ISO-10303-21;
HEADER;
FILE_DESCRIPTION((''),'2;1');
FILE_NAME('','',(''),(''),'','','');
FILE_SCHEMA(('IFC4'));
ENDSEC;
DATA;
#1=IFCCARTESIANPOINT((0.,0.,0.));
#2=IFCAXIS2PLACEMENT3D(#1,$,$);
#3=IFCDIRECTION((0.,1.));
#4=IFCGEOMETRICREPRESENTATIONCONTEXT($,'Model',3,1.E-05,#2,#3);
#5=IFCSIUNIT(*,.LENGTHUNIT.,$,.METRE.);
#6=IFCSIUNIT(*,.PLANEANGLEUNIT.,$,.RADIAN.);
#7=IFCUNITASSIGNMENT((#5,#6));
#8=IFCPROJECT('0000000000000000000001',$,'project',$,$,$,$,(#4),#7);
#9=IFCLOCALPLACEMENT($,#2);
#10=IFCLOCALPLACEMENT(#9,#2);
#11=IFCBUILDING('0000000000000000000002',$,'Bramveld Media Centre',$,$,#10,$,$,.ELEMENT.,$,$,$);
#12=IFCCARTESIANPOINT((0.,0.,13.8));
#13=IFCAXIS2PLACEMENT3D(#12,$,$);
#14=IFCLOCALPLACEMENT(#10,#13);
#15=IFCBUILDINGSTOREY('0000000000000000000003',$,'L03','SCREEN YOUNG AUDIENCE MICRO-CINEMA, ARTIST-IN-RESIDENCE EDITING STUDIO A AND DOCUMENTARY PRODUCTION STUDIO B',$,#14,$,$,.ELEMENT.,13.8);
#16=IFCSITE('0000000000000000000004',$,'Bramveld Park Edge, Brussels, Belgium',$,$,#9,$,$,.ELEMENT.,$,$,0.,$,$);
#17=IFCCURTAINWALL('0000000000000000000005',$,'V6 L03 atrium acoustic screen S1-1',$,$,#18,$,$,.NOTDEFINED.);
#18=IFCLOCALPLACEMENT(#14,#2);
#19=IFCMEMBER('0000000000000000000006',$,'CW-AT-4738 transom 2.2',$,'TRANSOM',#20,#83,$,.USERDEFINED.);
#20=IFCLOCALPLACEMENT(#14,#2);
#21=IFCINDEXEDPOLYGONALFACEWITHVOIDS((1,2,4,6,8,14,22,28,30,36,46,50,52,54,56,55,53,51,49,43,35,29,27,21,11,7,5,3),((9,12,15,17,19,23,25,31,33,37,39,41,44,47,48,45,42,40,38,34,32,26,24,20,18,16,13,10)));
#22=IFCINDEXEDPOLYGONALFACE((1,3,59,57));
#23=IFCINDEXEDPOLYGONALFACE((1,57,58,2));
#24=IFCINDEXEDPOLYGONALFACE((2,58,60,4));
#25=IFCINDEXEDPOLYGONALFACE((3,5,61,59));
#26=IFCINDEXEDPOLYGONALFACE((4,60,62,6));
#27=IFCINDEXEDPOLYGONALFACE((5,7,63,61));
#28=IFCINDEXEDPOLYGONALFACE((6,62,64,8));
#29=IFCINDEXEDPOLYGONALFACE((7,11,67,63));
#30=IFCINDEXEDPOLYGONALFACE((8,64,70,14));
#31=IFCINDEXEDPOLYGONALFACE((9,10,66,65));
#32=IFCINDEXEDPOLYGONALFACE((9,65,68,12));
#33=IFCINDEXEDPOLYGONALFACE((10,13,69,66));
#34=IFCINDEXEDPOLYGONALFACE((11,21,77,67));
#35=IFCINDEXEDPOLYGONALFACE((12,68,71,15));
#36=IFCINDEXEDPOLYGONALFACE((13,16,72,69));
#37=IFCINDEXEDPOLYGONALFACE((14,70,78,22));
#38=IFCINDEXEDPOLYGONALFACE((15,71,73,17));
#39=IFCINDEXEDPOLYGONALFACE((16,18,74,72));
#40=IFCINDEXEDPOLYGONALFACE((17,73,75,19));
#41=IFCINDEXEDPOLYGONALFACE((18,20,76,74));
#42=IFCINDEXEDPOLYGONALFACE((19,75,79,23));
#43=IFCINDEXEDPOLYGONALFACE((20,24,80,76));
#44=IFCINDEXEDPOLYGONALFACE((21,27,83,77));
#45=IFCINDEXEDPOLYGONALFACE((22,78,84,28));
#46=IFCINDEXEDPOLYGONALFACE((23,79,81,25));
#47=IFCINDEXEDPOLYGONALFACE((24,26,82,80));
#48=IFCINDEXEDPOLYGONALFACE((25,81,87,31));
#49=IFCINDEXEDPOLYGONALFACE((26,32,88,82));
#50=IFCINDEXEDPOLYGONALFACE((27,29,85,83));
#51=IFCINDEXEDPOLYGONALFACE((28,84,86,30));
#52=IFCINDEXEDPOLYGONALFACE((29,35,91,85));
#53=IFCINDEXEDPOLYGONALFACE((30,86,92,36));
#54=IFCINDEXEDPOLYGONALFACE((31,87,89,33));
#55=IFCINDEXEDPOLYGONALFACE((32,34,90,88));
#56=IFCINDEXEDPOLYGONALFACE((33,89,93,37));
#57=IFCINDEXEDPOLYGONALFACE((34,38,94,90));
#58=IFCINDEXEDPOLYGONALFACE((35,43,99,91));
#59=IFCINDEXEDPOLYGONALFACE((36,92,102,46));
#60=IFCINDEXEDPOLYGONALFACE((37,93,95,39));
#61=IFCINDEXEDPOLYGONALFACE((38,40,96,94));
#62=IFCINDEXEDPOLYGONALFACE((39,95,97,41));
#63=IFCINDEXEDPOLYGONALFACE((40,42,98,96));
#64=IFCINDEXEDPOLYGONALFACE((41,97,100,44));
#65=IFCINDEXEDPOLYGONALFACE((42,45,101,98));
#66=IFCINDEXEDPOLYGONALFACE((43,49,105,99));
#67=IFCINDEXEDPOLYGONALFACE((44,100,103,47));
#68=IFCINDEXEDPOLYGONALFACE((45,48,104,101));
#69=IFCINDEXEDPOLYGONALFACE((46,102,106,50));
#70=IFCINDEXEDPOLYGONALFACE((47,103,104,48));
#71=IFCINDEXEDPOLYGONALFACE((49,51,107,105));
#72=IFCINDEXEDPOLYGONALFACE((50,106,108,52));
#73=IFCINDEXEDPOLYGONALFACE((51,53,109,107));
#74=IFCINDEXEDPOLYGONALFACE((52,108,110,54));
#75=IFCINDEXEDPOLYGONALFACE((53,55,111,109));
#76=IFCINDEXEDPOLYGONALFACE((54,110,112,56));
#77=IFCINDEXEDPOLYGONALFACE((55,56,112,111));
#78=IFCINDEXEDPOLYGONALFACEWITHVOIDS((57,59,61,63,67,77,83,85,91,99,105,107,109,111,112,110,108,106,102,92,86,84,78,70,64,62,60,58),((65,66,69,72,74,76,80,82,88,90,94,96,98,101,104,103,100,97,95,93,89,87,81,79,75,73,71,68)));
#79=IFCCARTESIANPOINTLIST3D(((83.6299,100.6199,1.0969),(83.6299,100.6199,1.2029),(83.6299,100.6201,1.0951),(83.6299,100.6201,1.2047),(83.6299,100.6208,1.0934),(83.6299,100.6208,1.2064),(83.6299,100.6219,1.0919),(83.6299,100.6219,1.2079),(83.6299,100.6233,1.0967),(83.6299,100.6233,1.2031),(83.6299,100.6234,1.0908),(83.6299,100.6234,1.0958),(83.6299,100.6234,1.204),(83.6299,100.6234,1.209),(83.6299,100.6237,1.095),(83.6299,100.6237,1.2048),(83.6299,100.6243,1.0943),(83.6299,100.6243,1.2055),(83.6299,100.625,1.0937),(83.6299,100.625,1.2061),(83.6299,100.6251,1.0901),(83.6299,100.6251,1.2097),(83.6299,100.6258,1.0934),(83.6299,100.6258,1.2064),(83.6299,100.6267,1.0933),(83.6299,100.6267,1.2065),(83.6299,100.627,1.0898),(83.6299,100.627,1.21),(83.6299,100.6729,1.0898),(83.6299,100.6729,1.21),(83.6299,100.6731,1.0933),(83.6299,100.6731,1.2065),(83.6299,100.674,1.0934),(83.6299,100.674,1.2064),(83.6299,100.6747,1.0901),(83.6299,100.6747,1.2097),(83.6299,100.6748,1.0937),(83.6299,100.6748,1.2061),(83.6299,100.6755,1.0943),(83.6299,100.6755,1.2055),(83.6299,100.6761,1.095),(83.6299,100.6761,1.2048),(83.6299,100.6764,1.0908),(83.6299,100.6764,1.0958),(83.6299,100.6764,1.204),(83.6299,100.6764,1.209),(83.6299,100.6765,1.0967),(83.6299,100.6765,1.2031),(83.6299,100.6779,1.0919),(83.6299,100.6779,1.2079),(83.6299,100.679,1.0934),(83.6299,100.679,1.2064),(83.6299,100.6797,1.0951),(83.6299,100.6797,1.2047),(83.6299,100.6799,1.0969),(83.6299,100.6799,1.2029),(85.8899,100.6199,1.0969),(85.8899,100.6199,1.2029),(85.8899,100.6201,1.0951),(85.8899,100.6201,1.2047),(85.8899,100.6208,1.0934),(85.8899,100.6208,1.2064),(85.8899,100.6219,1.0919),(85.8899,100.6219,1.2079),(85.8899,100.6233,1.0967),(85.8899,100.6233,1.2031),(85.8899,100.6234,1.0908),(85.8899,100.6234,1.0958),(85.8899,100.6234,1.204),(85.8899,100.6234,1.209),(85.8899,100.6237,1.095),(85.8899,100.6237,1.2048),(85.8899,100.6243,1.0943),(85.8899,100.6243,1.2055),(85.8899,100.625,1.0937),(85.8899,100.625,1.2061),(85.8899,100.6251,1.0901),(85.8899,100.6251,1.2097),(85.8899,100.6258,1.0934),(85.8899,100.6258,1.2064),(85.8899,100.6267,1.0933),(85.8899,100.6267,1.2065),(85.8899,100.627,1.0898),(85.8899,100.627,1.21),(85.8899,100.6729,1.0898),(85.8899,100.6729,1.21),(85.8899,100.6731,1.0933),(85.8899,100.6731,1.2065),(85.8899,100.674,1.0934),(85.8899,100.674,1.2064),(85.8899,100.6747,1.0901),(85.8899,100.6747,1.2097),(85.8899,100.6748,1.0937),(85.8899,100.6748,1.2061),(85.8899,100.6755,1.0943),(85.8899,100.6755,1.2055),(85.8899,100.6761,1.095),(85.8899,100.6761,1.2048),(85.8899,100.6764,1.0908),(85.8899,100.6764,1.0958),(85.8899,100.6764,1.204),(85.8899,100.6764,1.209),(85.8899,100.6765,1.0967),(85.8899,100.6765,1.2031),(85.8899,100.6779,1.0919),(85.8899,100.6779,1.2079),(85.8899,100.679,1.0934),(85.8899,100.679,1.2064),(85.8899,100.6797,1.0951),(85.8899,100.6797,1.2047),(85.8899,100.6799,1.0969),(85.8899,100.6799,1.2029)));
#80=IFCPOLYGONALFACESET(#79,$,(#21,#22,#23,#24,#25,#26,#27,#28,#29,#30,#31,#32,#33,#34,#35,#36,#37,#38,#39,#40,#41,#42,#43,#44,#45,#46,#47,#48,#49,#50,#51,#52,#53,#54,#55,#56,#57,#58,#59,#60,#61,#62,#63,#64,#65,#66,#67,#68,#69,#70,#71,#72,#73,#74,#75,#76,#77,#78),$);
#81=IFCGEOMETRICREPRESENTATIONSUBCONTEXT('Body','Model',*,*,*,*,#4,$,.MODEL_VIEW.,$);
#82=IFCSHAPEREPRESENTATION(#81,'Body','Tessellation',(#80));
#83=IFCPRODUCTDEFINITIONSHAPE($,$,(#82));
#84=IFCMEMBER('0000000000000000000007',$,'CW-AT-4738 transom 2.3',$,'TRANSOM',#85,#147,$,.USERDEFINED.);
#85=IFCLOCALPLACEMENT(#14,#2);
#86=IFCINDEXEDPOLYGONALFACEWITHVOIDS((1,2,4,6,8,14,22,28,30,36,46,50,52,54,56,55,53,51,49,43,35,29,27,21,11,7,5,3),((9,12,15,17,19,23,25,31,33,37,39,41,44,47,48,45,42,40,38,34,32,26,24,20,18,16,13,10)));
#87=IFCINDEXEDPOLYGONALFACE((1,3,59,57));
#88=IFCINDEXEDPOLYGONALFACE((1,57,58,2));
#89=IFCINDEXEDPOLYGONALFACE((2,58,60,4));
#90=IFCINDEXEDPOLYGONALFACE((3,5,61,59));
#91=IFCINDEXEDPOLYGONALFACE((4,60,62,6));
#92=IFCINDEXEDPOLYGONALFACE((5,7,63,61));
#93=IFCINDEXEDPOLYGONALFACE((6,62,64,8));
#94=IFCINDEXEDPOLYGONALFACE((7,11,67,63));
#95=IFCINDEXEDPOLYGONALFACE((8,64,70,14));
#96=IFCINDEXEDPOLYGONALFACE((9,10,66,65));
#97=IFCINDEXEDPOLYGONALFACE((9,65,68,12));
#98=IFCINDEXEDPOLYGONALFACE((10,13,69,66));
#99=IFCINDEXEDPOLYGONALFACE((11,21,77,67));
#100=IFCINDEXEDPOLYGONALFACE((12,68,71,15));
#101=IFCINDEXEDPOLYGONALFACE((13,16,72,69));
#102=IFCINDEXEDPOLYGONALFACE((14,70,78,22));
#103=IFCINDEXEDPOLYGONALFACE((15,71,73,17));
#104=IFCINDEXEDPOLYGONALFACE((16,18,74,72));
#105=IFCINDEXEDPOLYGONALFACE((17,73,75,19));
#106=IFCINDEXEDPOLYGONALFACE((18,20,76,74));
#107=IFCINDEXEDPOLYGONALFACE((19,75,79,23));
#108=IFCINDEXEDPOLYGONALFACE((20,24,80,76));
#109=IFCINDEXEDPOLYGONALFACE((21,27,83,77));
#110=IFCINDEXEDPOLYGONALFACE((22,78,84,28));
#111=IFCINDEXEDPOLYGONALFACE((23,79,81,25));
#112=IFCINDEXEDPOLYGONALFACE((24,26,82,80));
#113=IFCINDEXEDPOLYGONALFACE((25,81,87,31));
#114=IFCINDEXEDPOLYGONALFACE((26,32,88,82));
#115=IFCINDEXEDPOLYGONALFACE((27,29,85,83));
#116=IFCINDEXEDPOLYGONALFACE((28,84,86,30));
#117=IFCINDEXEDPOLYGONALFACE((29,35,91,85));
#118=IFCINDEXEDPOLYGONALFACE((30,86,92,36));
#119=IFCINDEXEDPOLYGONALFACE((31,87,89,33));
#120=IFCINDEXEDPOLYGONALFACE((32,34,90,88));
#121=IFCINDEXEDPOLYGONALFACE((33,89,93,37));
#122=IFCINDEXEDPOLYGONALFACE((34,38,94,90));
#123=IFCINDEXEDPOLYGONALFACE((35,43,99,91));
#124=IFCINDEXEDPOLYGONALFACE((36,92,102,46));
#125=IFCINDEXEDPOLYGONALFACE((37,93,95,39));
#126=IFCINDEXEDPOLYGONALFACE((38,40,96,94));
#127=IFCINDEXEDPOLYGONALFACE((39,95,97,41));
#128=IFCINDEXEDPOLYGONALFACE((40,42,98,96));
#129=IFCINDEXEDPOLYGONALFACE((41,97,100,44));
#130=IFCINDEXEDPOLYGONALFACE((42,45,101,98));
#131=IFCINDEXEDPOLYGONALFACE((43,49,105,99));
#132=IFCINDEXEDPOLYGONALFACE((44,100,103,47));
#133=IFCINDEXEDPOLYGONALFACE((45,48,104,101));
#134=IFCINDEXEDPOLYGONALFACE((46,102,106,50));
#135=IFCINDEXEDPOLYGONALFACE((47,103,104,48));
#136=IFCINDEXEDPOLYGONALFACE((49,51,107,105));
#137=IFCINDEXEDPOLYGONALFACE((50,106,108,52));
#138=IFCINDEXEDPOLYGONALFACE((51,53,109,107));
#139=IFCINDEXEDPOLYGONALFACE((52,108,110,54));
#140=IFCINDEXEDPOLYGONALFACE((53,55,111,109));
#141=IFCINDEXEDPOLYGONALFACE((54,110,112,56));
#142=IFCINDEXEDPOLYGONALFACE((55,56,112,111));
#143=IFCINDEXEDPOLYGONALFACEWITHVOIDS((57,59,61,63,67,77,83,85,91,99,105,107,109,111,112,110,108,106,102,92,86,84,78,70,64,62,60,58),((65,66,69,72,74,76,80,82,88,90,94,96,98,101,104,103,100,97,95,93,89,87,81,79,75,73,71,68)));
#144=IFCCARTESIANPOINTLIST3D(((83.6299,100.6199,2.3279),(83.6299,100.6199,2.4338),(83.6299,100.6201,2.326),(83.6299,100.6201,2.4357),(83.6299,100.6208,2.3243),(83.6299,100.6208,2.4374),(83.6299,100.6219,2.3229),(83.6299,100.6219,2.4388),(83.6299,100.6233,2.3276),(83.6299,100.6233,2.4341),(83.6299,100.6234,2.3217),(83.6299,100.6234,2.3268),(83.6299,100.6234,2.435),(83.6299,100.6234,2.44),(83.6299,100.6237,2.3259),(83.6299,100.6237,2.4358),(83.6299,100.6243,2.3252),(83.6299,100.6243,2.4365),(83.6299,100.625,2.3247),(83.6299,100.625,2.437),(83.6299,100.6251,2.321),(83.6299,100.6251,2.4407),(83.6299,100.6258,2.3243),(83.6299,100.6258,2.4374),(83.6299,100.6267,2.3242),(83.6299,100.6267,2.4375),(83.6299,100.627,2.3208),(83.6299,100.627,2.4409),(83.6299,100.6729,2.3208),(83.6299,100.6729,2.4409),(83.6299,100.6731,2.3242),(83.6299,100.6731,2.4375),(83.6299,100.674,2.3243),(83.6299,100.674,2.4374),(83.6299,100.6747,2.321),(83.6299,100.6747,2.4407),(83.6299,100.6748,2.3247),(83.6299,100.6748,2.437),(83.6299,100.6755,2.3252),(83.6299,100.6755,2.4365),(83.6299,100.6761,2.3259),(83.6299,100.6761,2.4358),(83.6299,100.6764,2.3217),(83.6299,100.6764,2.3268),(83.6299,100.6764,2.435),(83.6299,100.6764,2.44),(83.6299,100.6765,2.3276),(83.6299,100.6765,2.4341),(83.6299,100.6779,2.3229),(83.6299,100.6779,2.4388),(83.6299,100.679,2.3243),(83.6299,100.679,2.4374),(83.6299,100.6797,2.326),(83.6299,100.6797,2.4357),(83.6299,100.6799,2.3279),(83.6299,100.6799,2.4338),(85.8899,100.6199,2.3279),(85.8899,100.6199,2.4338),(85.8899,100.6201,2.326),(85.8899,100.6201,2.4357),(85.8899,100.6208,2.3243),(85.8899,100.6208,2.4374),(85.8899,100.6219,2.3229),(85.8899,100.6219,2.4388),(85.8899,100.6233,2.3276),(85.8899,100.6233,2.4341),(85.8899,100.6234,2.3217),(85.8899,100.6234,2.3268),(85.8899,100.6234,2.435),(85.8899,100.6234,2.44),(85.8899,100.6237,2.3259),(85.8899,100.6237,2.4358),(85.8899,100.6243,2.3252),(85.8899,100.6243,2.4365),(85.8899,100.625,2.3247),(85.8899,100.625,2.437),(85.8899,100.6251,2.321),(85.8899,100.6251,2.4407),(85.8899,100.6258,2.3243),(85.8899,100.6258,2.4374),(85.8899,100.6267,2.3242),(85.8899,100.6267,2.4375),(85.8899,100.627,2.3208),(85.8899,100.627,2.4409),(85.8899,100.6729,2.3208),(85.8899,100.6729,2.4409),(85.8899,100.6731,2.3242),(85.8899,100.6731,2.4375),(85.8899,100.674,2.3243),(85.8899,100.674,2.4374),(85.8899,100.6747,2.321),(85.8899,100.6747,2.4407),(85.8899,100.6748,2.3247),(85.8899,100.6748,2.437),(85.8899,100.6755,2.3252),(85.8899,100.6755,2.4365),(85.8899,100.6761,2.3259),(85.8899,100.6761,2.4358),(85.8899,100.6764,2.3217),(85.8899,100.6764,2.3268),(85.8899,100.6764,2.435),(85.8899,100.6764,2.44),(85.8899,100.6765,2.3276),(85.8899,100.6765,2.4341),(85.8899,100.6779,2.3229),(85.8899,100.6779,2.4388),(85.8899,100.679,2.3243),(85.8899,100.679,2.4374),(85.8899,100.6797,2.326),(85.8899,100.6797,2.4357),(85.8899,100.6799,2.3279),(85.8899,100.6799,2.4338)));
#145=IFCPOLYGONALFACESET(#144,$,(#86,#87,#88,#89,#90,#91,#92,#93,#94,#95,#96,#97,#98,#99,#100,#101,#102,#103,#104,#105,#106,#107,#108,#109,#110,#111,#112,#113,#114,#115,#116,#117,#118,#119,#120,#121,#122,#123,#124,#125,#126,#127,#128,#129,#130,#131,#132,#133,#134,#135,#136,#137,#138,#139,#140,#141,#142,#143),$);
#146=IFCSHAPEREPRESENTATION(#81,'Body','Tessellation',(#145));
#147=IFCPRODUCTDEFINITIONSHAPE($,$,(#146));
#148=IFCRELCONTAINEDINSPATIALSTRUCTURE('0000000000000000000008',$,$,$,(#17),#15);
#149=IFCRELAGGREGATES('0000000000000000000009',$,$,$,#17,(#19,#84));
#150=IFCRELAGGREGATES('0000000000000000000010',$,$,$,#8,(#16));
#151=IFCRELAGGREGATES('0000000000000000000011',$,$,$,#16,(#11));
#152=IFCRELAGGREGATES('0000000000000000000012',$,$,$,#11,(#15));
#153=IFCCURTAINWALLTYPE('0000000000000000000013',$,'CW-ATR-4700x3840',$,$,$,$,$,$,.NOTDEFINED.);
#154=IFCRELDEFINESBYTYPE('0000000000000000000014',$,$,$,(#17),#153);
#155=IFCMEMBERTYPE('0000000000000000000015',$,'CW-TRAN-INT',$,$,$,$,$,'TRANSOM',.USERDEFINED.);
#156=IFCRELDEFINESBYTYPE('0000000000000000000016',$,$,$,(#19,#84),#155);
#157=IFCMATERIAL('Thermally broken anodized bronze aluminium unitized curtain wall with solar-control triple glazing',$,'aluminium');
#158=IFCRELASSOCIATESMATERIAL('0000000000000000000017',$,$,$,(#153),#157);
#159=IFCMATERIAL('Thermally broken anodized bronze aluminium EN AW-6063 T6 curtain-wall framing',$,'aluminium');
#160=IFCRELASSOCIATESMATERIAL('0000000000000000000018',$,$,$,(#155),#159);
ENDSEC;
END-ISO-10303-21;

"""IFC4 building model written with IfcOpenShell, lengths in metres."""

from ifc_helpers import new_model, si_unit, direction, frame, origin, origin_2d, place, context, subcontext, project, spatial, hollow_rectangle, extrude, material, material_profile, profile_set, type_object, element, aggregate, save


model = new_model("IFC4")

# Units and contexts
model_context = context("Model", 3, precision=1e-05, world=origin(), true_north=direction((0.0, 1.0)))
body_context = subcontext(model_context, "Body", "Model", "MODEL_VIEW")
ifc_project = project(units=[si_unit("LENGTHUNIT", "METRE"), si_unit("PLANEANGLEUNIT", "RADIAN")], contexts=[model_context])

# Site, building, storey
site_placement = place(None, origin())
site = spatial("IfcSite", under=ifc_project, at=site_placement, Name="Bramveld Park Edge, Brussels, Belgium", CompositionType="ELEMENT", RefElevation=0.0)
building_placement = place(site_placement, origin())
building = spatial("IfcBuilding", under=site, at=building_placement, Name="Bramveld Media Centre", CompositionType="ELEMENT")
storey_placement = place(building_placement, frame((0.0, 0.0, 13.8)))
storey = spatial("IfcBuildingStorey", under=building, at=storey_placement, Name="L03", Description="SCREEN YOUNG AUDIENCE MICRO-CINEMA, ARTIST-IN-RESIDENCE EDITING STUDIO A AND DOCUMENTARY PRODUCTION STUDIO B", CompositionType="ELEMENT", Elevation=13.8)

# Curtain wall, members
ifc_material_1 = material(Name="Thermally broken anodized bronze aluminium unitized curtain wall with solar-control triple glazing", Category="aluminium")
curtain_wall_type = type_object("IfcCurtainWallType", Name="CW-ATR-4700x3840", PredefinedType="NOTDEFINED", material=ifc_material_1)
curtain_wall_placement = place(storey_placement, origin())
curtain_wall = element("IfcCurtainWall", 1, at=curtain_wall_placement, inside=storey, type_object=curtain_wall_type, Name="V6 L03 atrium acoustic screen S1-1", PredefinedType="NOTDEFINED")
ifc_material_2 = material(Name="Thermally broken anodized bronze aluminium EN AW-6063 T6 curtain-wall framing", Category="aluminium")
ifc_material_profile_1 = material_profile(ifc_material_2, hollow_rectangle(XDim=0.0601, YDim=0.1201, WallThickness=0.0034, InnerFilletRadius=0.0034, OuterFilletRadius=0.0071, at=origin_2d()), Name="AL-TRAN 60x120")
ifc_profile_set_1 = profile_set([ifc_material_profile_1], Name="Thermally broken anodized bronze aluminium EN AW-6063 T6 curtain-wall framing")
member_type_1 = type_object("IfcMemberType", Name="CW-TRAN-INT", ElementType="TRANSOM", PredefinedType="USERDEFINED", material=ifc_profile_set_1)
member_1_placement = place(storey_placement, frame((83.6299, 100.6499, 1.1499), z_axis=(1.0, 0.0, 0.0), x_axis=(0.0, 1.0, 0.0)))
member_1 = element("IfcMember", 2, at=member_1_placement, type_object=member_type_1, Name="CW-AT-4738 transom 2.2", ObjectType="TRANSOM", PredefinedType="USERDEFINED", context=body_context, shape_type="SweptSolid", body=[
    extrude(hollow_rectangle(XDim=0.0601, YDim=0.1201, WallThickness=0.0034, InnerFilletRadius=0.0034, OuterFilletRadius=0.0071, at=origin_2d()), origin(), (0.0, 0.0, 1.0), 2.26),
])
member_2_placement = place(storey_placement, frame((83.6299, 100.6499, 2.3809), z_axis=(1.0, 0.0, 0.0), x_axis=(0.0, 1.0, 0.0)))
member_2 = element("IfcMember", 3, at=member_2_placement, type_object=member_type_1, Name="CW-AT-4738 transom 2.3", ObjectType="TRANSOM", PredefinedType="USERDEFINED", context=body_context, shape_type="SweptSolid", body=[
    extrude(hollow_rectangle(XDim=0.0601, YDim=0.1201, WallThickness=0.0034, InnerFilletRadius=0.0034, OuterFilletRadius=0.0071, at=origin_2d()), origin(), (0.0, 0.0, 1.0), 2.26),
])
aggregate(curtain_wall, [member_1, member_2])

save(model, "model.ifc")
